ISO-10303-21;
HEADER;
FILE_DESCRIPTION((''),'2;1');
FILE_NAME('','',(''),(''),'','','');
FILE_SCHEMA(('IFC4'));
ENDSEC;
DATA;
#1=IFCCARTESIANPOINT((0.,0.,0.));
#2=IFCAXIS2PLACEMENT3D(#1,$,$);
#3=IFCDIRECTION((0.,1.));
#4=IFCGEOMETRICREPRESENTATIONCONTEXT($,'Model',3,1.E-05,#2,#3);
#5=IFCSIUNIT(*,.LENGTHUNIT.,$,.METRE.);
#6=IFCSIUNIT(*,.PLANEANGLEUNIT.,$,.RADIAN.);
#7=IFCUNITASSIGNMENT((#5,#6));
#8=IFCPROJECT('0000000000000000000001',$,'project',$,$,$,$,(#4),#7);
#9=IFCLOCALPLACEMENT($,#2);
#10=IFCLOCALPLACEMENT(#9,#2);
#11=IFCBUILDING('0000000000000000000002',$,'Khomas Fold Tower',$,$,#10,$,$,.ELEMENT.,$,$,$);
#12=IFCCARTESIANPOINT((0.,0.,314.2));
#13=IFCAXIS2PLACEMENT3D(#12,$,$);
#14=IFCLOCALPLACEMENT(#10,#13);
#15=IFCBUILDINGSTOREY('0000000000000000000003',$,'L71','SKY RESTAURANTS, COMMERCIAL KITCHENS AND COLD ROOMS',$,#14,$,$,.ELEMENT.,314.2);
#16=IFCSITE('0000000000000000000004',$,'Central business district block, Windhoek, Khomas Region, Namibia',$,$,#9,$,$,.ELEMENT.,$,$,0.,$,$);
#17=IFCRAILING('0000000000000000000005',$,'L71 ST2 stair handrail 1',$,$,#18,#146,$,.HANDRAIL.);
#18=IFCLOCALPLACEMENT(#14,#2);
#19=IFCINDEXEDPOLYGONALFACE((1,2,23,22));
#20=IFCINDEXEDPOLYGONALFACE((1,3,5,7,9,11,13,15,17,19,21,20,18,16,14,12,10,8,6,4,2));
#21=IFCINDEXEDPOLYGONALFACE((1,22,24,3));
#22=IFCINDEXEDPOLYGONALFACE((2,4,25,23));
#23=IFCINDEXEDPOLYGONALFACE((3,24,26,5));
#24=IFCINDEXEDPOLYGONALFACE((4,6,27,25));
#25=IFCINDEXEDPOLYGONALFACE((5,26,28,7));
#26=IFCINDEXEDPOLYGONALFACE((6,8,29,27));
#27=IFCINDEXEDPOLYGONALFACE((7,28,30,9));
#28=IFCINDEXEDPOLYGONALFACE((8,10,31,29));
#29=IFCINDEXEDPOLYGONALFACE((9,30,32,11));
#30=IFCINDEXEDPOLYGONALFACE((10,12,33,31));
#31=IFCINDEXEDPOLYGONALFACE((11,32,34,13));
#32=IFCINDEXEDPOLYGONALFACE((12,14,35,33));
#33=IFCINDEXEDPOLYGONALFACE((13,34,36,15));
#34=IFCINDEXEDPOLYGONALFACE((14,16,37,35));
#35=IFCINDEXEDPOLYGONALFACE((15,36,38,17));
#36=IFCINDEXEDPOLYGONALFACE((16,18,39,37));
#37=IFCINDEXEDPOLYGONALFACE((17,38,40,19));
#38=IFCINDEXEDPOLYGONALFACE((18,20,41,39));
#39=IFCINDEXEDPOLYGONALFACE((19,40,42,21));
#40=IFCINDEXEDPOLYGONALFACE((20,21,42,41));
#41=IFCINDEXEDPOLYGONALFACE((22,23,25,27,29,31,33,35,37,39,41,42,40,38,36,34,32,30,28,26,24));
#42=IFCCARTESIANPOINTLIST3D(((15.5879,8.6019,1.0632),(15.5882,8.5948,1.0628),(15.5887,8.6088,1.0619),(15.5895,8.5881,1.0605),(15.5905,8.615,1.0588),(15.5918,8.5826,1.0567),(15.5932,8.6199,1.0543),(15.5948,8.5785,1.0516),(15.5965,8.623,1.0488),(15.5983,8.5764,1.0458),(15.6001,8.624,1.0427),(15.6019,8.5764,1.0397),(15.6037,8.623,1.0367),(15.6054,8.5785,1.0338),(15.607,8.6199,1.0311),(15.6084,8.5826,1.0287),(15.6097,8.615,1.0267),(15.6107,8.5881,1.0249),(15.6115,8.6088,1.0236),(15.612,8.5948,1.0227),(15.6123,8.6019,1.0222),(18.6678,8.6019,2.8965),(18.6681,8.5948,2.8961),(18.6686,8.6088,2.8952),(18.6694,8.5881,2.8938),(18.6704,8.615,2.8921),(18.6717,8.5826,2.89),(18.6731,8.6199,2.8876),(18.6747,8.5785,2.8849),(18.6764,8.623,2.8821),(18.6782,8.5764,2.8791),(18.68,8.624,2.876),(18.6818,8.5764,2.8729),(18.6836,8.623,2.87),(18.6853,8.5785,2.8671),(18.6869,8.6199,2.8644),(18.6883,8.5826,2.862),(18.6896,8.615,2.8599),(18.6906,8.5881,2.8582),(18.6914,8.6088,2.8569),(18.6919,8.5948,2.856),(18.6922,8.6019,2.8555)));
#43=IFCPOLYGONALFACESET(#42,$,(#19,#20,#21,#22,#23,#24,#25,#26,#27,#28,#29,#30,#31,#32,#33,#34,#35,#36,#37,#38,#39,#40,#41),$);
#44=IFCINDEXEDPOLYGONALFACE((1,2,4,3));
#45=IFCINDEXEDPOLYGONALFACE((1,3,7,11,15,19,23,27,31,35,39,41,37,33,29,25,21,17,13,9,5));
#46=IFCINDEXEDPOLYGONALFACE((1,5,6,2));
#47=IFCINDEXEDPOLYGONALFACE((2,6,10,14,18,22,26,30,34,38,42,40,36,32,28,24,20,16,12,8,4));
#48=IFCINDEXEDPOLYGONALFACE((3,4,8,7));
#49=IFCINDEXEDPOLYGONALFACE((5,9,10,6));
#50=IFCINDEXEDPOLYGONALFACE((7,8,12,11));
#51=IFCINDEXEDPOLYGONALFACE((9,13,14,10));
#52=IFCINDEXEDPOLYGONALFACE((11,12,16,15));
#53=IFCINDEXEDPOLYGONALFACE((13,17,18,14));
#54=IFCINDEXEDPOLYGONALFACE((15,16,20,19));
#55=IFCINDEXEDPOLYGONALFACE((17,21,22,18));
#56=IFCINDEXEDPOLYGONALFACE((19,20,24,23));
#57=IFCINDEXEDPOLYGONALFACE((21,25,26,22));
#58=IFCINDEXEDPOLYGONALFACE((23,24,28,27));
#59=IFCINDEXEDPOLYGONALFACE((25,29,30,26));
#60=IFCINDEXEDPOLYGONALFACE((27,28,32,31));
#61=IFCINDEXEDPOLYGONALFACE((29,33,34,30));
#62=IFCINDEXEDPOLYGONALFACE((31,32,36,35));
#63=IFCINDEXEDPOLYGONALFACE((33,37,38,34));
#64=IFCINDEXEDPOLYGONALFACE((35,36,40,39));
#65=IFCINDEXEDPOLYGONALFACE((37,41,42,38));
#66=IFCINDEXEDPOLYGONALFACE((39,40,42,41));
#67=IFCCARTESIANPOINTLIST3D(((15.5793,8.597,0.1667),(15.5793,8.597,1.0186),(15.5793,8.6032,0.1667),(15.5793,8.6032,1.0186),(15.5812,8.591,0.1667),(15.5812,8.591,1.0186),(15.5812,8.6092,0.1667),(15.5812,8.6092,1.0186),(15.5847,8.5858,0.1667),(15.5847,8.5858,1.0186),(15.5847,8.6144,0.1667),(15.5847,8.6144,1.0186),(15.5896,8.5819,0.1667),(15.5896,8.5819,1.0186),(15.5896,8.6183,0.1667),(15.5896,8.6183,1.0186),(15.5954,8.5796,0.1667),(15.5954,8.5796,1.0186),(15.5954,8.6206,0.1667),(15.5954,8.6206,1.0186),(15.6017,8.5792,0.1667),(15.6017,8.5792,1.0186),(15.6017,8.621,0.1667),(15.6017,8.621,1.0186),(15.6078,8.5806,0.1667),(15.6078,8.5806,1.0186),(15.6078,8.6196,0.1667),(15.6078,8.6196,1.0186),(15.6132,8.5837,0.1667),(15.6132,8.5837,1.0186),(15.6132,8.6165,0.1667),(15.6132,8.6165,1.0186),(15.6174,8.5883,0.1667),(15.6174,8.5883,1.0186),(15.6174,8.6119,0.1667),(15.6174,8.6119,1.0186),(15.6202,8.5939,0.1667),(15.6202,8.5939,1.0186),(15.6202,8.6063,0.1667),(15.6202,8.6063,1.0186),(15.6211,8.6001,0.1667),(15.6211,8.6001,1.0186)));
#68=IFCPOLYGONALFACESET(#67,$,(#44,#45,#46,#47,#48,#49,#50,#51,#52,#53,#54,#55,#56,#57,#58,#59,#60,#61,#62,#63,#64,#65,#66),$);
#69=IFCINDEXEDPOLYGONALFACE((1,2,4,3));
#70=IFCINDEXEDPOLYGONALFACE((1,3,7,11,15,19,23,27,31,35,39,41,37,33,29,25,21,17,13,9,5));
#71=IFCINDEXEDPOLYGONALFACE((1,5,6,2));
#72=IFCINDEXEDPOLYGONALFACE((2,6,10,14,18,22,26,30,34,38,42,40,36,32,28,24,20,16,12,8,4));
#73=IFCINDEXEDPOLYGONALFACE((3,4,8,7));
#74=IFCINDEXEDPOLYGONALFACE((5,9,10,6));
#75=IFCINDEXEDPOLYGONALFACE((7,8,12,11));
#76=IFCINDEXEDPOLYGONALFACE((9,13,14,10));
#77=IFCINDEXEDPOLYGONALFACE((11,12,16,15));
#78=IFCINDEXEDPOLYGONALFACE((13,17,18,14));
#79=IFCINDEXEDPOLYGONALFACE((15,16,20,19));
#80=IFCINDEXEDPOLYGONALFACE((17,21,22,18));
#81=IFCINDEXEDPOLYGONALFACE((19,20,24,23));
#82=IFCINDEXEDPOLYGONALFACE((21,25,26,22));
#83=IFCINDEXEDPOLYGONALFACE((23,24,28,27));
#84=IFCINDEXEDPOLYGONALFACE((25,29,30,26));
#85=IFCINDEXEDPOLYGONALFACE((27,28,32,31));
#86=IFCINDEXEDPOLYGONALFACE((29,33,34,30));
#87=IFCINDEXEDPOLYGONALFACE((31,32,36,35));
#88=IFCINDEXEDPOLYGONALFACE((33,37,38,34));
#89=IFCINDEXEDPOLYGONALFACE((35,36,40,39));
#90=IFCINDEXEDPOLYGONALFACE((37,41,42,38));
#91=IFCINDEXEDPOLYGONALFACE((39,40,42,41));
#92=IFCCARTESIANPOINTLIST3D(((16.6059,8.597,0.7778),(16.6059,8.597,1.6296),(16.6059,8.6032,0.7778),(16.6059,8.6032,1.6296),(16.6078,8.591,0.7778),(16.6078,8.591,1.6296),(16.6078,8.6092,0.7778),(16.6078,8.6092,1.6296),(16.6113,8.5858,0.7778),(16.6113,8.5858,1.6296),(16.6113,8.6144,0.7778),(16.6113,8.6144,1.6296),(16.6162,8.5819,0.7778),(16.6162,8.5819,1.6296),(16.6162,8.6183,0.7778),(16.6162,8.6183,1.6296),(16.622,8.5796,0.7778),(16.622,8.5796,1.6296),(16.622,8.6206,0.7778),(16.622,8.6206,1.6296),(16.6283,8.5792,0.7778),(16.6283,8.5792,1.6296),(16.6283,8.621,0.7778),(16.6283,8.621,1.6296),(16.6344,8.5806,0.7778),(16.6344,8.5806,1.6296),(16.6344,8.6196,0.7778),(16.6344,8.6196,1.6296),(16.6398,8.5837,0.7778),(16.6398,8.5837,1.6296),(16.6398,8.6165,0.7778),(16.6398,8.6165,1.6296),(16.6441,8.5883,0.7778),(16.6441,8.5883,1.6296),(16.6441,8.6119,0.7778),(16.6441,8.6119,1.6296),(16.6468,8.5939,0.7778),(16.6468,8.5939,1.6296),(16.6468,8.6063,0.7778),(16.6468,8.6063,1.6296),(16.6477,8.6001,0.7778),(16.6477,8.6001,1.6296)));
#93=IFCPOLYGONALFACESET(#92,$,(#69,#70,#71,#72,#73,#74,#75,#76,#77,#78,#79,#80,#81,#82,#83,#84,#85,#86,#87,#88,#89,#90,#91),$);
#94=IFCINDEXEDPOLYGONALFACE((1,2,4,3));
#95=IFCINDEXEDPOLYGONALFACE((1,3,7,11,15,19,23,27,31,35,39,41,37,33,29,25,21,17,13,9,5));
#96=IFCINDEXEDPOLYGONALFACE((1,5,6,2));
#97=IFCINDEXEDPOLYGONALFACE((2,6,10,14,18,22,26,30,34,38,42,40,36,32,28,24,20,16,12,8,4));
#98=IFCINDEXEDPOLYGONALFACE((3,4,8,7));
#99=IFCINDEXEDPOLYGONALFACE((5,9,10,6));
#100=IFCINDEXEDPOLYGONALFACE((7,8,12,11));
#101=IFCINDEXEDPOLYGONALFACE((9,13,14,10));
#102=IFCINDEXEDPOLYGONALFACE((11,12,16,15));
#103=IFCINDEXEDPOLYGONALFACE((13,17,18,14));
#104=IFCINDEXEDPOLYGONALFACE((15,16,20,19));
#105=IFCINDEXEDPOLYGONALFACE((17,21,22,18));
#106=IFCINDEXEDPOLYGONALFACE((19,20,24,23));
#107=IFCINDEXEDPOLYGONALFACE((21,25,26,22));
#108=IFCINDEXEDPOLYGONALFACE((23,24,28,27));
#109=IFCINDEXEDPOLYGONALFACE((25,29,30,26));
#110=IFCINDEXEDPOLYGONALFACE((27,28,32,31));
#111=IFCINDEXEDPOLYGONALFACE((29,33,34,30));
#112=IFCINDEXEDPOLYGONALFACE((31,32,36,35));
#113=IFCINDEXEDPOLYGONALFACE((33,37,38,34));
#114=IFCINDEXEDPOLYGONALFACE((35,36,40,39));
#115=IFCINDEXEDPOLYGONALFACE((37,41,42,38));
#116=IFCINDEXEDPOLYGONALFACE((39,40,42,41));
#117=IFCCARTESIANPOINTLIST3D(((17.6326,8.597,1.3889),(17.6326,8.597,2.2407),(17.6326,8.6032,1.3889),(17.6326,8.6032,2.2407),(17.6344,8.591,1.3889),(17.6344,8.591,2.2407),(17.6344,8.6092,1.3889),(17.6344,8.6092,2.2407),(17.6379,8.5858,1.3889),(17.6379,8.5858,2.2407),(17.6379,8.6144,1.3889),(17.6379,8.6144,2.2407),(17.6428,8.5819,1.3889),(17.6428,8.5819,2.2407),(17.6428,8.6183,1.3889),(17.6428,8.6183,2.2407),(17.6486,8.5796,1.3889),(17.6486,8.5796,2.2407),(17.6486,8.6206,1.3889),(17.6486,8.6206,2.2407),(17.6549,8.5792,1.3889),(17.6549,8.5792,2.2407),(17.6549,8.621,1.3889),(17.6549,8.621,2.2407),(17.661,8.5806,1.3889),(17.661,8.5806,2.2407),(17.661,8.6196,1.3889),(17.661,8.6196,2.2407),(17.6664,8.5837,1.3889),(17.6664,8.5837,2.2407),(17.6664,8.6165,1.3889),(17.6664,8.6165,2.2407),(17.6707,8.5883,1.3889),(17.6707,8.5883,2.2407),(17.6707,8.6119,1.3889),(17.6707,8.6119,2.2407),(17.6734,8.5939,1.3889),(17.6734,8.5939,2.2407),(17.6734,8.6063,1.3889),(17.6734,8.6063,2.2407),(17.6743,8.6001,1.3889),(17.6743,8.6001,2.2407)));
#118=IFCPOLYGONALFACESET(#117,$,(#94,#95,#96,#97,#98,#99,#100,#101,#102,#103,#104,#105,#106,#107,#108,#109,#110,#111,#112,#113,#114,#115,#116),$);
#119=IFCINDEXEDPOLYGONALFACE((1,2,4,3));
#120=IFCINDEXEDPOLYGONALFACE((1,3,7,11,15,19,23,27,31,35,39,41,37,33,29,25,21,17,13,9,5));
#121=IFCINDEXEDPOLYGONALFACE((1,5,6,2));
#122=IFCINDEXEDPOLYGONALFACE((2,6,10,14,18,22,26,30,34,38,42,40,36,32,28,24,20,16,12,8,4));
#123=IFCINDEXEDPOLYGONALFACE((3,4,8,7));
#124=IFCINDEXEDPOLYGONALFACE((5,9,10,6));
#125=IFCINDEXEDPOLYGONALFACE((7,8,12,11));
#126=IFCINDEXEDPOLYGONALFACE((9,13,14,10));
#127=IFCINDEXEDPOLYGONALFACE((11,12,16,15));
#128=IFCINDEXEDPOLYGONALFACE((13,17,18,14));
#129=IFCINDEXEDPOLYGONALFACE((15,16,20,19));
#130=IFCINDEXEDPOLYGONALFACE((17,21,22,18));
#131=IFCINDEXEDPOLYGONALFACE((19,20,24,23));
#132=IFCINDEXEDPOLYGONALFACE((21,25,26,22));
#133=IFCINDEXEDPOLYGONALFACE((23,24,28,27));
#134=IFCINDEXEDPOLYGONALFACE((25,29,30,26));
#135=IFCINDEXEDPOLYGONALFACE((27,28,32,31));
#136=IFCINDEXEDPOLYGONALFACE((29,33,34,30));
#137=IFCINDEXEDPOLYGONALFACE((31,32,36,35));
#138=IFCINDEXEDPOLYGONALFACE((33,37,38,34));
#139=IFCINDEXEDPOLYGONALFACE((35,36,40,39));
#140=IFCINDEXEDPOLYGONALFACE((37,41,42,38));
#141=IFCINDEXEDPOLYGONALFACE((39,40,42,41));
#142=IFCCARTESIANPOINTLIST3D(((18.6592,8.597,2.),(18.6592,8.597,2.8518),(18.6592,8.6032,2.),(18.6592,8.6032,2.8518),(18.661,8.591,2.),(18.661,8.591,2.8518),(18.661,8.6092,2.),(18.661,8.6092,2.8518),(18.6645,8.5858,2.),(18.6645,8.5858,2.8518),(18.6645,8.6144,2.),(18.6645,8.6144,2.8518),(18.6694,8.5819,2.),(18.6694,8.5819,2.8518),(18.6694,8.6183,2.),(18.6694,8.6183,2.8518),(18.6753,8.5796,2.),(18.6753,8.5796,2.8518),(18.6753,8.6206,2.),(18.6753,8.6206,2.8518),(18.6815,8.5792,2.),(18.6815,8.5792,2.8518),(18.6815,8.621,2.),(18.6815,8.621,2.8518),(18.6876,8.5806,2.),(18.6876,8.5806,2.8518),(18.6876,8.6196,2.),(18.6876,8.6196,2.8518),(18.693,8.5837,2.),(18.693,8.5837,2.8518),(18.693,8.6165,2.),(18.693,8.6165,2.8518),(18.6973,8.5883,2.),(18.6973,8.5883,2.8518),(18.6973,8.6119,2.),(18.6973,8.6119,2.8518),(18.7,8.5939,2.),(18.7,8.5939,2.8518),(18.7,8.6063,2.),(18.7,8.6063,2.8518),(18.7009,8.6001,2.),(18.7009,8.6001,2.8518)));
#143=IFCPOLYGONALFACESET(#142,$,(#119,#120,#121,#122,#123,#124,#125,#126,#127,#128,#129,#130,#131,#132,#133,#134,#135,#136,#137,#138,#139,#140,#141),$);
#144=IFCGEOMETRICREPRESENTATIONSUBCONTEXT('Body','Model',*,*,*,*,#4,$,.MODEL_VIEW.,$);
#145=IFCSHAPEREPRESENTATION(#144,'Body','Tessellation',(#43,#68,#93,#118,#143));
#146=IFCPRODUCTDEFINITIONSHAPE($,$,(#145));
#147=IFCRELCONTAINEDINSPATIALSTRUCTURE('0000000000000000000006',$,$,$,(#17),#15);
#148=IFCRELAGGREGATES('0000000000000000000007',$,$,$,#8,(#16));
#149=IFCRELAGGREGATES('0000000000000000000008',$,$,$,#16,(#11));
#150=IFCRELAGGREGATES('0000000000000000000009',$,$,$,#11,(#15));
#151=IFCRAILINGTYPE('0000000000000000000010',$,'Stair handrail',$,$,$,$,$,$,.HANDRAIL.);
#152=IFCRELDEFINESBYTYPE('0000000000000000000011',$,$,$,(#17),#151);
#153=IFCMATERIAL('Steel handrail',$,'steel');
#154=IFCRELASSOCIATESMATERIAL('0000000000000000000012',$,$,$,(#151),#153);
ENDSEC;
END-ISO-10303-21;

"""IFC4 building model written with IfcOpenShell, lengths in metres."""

from ifc_helpers import new_model, si_unit, direction, frame, origin, origin_2d, place, context, subcontext, project, spatial, circle, extrude, source, transform, mapped, material, type_object, element, save


model = new_model("IFC4")

# Units and contexts
model_context = context("Model", 3, precision=1e-05, world=origin(), true_north=direction((0.0, 1.0)))
body_context = subcontext(model_context, "Body", "Model", "MODEL_VIEW")
ifc_project = project(units=[si_unit("LENGTHUNIT", "METRE"), si_unit("PLANEANGLEUNIT", "RADIAN")], contexts=[model_context])

# Site, building, storey
site_placement = place(None, origin())
site = spatial("IfcSite", under=ifc_project, at=site_placement, Name="Central business district block, Windhoek, Khomas Region, Namibia", CompositionType="ELEMENT", RefElevation=0.0)
building_placement = place(site_placement, origin())
building = spatial("IfcBuilding", under=site, at=building_placement, Name="Khomas Fold Tower", CompositionType="ELEMENT")
storey_placement = place(building_placement, frame((0.0, 0.0, 314.2)))
storey = spatial("IfcBuildingStorey", under=building, at=storey_placement, Name="L71", Description="SKY RESTAURANTS, COMMERCIAL KITCHENS AND COLD ROOMS", CompositionType="ELEMENT", Elevation=314.2)

# Railing
ifc_material_1 = material(Name="Steel handrail", Category="steel")
railing_type_1 = type_object("IfcRailingType", Name="Stair handrail", PredefinedType="HANDRAIL", material=ifc_material_1)
shared_shape_1 = source(origin(), body_context, "Body", "SweptSolid", [
    extrude(circle(Radius=0.0239, at=origin_2d()), frame((0.0, 0.0, 0.876), z_axis=(0.859291, 0.0, 0.511487), x_axis=(0.0, 1.0, 0.0)), (0.0, 0.0, 1.0), 3.5842),
    extrude(circle(Radius=0.021, at=origin_2d()), origin(), (0.0, 0.0, 1.0), 0.8518),
    extrude(circle(Radius=0.021, at=origin_2d()), frame((1.0266, 0.0, 0.6111)), (0.0, 0.0, 1.0), 0.8518),
    extrude(circle(Radius=0.021, at=origin_2d()), frame((2.0532, 0.0, 1.2222)), (0.0, 0.0, 1.0), 0.8518),
    extrude(circle(Radius=0.021, at=origin_2d()), frame((3.0798, 0.0, 1.8333)), (0.0, 0.0, 1.0), 0.8518),
])
railing_1_placement = place(storey_placement, frame((15.6001, 8.6001, 0.1667)))
element("IfcRailing", 1, at=railing_1_placement, inside=storey, type_object=railing_type_1, Name="L71 ST2 stair handrail 1", PredefinedType="HANDRAIL", context=body_context, shape_type="MappedRepresentation", body=[
    mapped(shared_shape_1, transform((0.0, 0.0, 0.0))),
])

save(model, "model.ifc")
